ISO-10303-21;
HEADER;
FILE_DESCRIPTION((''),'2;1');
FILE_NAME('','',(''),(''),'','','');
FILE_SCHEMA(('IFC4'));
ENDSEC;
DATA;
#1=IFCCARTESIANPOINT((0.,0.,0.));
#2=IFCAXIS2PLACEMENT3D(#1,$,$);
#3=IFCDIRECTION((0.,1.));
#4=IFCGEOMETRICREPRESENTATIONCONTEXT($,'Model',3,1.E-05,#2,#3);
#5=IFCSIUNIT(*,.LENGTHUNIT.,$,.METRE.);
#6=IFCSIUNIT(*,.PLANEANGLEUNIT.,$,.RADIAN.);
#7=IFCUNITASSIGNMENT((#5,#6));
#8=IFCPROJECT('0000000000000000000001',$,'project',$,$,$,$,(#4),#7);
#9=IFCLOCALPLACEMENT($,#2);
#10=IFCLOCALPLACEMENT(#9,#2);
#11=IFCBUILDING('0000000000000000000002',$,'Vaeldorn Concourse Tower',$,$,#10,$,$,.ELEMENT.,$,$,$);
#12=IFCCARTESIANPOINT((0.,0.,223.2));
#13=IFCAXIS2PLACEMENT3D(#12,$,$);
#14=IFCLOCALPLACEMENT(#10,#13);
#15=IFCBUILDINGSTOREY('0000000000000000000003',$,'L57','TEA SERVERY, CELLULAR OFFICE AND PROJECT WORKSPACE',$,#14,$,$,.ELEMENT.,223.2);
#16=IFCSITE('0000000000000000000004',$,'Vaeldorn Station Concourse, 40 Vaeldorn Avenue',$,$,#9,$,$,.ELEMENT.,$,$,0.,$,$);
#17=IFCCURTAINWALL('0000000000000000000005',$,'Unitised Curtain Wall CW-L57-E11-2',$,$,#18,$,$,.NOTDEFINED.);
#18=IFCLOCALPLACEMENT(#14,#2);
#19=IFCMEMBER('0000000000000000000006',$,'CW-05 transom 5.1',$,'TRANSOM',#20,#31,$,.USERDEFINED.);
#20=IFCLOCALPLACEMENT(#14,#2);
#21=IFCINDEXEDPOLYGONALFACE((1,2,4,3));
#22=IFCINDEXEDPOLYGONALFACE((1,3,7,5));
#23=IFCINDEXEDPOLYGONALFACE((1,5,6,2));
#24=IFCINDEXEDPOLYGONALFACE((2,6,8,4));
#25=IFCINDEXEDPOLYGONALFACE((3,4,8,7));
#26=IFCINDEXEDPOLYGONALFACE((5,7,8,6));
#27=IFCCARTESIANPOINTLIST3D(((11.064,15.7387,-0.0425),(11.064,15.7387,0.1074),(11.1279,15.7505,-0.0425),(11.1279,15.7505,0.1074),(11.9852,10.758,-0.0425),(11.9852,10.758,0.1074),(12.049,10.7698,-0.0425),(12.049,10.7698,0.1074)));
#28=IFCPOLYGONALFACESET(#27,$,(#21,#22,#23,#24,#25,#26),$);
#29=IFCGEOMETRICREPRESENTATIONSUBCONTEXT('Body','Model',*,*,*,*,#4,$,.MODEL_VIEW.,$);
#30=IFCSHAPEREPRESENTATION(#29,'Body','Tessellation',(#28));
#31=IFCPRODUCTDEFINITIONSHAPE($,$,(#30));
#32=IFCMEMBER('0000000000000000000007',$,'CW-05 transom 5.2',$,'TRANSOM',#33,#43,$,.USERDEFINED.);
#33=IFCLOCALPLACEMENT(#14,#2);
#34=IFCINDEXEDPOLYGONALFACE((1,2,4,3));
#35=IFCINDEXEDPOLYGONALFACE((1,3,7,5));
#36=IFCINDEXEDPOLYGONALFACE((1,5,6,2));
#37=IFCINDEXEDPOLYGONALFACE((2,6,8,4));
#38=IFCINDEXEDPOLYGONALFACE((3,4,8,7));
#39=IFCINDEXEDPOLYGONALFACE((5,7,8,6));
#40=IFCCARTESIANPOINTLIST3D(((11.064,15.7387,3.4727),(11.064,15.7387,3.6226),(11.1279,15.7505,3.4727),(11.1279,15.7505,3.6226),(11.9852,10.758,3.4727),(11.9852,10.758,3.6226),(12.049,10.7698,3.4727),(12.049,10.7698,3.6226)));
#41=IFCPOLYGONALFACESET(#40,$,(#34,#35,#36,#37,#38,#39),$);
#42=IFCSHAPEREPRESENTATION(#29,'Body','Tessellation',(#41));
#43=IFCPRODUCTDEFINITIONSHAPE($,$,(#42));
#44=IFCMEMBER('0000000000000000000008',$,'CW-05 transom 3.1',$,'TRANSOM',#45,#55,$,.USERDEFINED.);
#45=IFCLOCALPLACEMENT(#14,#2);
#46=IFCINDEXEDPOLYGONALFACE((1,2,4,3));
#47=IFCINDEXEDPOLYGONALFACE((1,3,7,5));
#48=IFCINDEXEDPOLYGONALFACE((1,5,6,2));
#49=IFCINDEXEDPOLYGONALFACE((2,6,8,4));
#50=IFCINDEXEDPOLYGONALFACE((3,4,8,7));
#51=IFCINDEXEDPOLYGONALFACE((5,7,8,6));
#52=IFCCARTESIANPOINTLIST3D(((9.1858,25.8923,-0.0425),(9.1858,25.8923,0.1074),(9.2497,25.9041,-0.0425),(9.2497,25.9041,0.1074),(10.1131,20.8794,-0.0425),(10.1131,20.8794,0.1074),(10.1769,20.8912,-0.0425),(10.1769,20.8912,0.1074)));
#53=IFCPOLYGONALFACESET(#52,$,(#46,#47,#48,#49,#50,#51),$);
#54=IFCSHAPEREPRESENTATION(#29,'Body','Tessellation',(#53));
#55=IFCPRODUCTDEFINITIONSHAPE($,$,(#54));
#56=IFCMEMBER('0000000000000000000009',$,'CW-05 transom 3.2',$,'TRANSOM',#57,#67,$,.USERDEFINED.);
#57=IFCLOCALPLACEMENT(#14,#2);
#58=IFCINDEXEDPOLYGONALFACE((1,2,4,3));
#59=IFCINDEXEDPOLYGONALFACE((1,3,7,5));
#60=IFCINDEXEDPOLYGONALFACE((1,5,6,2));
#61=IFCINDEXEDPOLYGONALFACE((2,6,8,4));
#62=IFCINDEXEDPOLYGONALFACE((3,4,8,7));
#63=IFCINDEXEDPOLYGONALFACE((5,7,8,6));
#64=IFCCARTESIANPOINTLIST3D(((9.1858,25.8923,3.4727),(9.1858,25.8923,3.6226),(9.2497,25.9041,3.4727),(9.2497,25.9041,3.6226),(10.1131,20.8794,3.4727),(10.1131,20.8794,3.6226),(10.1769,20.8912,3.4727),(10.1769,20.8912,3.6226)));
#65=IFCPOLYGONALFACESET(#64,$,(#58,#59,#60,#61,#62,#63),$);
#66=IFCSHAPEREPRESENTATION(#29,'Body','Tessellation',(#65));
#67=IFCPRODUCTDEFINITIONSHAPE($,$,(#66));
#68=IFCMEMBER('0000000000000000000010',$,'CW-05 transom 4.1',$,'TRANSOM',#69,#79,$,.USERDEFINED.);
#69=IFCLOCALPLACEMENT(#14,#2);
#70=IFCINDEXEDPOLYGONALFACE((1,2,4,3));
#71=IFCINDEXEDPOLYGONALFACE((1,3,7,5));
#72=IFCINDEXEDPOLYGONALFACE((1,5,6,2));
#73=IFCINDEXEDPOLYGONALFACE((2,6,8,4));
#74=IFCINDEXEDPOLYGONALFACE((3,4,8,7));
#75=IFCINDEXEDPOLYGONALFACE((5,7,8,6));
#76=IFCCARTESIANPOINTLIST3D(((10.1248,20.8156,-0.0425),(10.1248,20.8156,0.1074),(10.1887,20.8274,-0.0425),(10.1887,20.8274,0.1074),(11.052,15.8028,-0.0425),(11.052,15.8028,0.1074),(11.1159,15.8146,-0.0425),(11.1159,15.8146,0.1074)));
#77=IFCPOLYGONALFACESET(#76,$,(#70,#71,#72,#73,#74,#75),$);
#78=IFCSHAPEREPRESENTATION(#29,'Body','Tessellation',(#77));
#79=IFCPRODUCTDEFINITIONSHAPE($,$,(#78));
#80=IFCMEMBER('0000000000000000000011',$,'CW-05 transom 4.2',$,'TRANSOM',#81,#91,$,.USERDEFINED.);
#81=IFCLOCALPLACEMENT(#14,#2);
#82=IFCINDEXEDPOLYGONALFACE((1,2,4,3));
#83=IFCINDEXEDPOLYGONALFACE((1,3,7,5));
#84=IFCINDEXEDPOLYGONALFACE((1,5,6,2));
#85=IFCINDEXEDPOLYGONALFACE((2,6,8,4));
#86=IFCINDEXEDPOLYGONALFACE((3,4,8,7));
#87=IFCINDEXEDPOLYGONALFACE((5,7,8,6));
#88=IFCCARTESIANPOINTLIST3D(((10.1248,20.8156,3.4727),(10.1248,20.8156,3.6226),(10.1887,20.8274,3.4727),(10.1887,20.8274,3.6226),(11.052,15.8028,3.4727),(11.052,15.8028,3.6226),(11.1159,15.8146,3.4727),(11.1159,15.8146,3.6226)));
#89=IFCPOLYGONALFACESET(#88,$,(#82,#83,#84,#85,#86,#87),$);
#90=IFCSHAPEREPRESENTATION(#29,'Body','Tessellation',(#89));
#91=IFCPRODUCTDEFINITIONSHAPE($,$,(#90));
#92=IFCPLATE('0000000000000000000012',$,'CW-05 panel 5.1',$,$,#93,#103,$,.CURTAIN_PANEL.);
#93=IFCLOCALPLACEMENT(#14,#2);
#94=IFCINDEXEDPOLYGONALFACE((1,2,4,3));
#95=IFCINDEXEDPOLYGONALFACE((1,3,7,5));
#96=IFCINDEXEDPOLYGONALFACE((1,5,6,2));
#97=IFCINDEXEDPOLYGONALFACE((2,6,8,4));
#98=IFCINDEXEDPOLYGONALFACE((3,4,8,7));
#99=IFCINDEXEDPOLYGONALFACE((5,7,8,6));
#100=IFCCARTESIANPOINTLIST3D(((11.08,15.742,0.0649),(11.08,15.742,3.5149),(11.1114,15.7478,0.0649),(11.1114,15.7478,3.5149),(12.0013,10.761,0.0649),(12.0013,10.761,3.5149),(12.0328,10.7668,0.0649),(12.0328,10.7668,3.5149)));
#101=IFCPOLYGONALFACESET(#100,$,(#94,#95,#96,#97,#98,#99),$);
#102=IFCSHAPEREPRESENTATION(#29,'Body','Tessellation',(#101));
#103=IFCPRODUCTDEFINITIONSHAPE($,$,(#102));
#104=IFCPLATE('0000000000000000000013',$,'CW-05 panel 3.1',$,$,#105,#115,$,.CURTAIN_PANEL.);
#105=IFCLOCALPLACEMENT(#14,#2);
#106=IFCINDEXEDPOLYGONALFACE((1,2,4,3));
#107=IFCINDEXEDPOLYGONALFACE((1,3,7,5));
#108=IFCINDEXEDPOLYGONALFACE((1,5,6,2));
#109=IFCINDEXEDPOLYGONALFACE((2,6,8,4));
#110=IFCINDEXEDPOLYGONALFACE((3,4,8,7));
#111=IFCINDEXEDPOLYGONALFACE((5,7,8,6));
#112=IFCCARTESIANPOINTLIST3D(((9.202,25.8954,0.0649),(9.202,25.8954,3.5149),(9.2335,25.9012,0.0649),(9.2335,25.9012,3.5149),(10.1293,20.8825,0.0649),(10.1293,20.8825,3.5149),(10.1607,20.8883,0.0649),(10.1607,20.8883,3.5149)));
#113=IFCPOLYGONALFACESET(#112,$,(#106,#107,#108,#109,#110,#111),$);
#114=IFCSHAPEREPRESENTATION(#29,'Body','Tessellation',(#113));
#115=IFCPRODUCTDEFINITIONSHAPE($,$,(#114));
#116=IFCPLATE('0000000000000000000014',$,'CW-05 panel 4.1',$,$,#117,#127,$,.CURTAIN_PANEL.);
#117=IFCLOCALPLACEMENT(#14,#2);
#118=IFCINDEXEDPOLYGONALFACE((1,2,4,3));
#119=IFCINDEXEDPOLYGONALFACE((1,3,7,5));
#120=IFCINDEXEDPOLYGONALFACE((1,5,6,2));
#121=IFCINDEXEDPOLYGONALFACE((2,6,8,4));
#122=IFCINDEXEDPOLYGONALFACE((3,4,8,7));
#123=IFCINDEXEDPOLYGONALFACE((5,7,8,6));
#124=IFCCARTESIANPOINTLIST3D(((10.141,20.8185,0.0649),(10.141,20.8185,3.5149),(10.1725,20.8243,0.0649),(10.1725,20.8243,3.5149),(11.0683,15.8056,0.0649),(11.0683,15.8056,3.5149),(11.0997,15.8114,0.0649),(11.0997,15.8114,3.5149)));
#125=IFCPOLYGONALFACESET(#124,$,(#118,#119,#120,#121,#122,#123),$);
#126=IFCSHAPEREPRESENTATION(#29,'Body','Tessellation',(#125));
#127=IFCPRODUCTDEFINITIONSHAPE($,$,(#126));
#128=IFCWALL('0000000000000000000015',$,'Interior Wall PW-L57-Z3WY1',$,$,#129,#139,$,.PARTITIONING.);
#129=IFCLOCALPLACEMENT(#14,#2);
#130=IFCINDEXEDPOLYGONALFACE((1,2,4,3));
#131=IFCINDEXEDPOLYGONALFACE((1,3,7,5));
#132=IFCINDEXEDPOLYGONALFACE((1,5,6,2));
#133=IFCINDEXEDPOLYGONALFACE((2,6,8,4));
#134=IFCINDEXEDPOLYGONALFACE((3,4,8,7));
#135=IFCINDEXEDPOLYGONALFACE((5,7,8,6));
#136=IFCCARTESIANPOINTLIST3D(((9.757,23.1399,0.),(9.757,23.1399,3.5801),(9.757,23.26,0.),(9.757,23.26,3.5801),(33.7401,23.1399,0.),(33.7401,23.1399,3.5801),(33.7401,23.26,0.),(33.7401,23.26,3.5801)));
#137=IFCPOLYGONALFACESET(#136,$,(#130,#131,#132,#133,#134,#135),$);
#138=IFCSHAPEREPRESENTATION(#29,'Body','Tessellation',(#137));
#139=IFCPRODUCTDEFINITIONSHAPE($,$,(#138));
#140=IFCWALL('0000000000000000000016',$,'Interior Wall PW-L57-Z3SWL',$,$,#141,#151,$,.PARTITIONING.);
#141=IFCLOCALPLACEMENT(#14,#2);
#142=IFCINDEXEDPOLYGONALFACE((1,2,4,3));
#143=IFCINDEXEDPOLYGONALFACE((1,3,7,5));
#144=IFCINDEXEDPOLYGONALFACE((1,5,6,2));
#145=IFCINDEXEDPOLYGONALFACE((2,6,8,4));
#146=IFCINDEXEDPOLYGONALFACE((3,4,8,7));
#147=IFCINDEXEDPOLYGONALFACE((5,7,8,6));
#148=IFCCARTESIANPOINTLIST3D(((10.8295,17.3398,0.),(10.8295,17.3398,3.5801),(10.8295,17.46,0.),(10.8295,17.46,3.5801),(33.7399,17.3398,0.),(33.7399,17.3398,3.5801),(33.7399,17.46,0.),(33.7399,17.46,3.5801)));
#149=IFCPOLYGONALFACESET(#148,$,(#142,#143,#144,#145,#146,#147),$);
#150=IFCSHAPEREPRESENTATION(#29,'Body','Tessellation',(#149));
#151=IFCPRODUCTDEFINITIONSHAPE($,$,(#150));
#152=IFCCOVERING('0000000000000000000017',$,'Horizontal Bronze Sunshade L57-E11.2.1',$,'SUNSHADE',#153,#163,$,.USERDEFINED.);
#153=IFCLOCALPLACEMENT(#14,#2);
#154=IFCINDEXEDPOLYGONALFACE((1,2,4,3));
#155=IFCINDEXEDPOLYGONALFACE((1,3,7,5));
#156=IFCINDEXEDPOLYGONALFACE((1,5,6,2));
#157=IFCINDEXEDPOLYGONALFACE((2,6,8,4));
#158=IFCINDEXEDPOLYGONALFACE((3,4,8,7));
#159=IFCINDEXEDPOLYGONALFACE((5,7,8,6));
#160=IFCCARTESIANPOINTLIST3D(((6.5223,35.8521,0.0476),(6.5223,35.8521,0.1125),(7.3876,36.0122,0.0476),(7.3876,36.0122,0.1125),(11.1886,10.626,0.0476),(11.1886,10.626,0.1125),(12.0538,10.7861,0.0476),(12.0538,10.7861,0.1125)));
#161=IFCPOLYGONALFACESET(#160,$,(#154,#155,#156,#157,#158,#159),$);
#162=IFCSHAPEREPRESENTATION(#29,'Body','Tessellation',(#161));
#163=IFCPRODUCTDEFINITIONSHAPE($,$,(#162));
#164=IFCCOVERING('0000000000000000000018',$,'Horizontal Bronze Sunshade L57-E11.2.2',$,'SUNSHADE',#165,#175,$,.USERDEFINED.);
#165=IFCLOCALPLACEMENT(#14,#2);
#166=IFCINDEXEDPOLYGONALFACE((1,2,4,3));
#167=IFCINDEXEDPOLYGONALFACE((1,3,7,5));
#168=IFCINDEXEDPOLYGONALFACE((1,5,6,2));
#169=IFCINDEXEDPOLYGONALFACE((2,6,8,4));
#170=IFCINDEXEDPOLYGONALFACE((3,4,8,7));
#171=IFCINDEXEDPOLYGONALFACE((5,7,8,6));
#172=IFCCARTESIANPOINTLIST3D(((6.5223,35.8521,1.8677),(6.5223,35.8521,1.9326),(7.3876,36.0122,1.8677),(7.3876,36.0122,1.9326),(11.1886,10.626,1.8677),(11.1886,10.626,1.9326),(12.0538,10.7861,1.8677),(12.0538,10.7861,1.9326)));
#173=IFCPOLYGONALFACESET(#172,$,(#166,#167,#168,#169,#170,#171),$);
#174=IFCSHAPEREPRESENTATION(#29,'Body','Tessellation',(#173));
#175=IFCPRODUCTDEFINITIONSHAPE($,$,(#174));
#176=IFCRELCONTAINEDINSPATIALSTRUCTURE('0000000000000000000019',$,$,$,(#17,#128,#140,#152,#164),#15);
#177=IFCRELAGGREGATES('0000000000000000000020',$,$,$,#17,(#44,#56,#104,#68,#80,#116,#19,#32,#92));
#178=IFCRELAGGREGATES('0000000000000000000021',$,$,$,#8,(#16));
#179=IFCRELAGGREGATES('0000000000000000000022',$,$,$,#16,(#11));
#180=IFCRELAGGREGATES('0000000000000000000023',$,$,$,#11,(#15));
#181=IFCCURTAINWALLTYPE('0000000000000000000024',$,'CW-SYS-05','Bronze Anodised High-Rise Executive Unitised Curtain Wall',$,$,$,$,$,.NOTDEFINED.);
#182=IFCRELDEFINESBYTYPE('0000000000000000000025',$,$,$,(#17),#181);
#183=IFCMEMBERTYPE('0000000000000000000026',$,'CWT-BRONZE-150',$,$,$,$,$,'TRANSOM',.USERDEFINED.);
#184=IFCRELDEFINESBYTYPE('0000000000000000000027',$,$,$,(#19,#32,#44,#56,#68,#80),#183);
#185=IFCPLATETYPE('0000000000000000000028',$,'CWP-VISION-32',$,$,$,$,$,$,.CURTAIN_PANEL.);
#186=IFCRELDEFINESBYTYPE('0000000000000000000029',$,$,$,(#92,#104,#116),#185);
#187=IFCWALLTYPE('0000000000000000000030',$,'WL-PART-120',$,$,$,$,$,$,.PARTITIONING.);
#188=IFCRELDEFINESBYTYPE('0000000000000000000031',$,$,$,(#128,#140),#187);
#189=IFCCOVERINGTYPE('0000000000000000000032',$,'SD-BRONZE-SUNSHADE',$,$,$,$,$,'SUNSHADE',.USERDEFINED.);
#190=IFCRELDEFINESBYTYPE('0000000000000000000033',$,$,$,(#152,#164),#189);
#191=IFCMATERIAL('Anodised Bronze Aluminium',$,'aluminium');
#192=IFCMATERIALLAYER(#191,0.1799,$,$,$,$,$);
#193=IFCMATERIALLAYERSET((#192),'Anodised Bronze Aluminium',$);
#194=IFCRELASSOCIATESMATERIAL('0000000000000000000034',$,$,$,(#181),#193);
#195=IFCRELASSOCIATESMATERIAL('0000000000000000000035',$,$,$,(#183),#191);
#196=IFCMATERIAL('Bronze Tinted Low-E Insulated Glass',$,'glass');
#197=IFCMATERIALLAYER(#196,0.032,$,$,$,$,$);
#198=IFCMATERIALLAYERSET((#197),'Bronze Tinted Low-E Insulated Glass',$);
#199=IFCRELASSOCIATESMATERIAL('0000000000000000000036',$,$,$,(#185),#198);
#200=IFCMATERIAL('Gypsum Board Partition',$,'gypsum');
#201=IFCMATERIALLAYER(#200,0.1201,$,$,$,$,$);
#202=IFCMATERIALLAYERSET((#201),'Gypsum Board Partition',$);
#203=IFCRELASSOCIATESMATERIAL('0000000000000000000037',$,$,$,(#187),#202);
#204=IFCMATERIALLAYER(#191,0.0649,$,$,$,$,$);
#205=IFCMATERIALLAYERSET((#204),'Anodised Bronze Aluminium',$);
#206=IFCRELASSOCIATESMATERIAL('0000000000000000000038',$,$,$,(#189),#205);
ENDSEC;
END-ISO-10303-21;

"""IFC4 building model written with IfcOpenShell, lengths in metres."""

from ifc_helpers import new_model, si_unit, direction, frame, frame_2d, origin, origin_2d, place, context, subcontext, project, spatial, rectangle, extrude, source, transform, mapped, material, layer, layer_set, material_profile, profile_set, type_object, element, aggregate, save


model = new_model("IFC4")

# Units and contexts
model_context = context("Model", 3, precision=1e-05, world=origin(), true_north=direction((0.0, 1.0)))
body_context = subcontext(model_context, "Body", "Model", "MODEL_VIEW")
ifc_project = project(units=[si_unit("LENGTHUNIT", "METRE"), si_unit("PLANEANGLEUNIT", "RADIAN")], contexts=[model_context])

# Site, building, storey
site_placement = place(None, origin())
site = spatial("IfcSite", under=ifc_project, at=site_placement, Name="Vaeldorn Station Concourse, 40 Vaeldorn Avenue", CompositionType="ELEMENT", RefElevation=0.0)
building_placement = place(site_placement, origin())
building = spatial("IfcBuilding", under=site, at=building_placement, Name="Vaeldorn Concourse Tower", CompositionType="ELEMENT")
storey_placement = place(building_placement, frame((0.0, 0.0, 223.2)))
storey = spatial("IfcBuildingStorey", under=building, at=storey_placement, Name="L57", Description="TEA SERVERY, CELLULAR OFFICE AND PROJECT WORKSPACE", CompositionType="ELEMENT", Elevation=223.2)

# Curtain wall, members, plates
ifc_material_1 = material(Name="Anodised Bronze Aluminium", Category="aluminium")
ifc_layer_1 = layer(ifc_material_1, 0.1799)
ifc_layer_set_1 = layer_set([ifc_layer_1], Name="Anodised Bronze Aluminium")
curtain_wall_type = type_object("IfcCurtainWallType", Name="CW-SYS-05", Description="Bronze Anodised High-Rise Executive Unitised Curtain Wall", PredefinedType="NOTDEFINED", material=ifc_layer_set_1)
curtain_wall_placement = place(storey_placement, origin())
curtain_wall = element("IfcCurtainWall", 1, at=curtain_wall_placement, inside=storey, type_object=curtain_wall_type, Name="Unitised Curtain Wall CW-L57-E11-2", PredefinedType="NOTDEFINED")
ifc_material_profile_1 = material_profile(ifc_material_1, rectangle(XDim=0.0649, YDim=0.1499, at=origin_2d()), Name="CWT 65x150")
ifc_profile_set_1 = profile_set([ifc_material_profile_1], Name="Anodised Bronze Aluminium")
member_type_1 = type_object("IfcMemberType", Name="CWT-BRONZE-150", ElementType="TRANSOM", PredefinedType="USERDEFINED", material=ifc_profile_set_1)
shared_shape_1 = source(origin(), body_context, "Body", "SweptSolid", [
    extrude(rectangle(XDim=0.0649, YDim=0.1499, at=origin_2d()), origin(), (0.0, 0.0, 1.0), 5.0652),
])
member_1_placement = place(storey_placement, frame((11.0959, 15.7446, 0.0325), z_axis=(0.181858, -0.983325, 0.0), x_axis=(0.983325, 0.181858, 0.0)))
member_1 = element("IfcMember", 2, at=member_1_placement, type_object=member_type_1, Name="CW-05 transom 5.1", ObjectType="TRANSOM", PredefinedType="USERDEFINED", context=body_context, shape_type="MappedRepresentation", body=[
    mapped(shared_shape_1, transform((0.0, 0.0, 0.0), scale=1.0)),
])
member_2_placement = place(storey_placement, frame((11.0959, 15.7446, 3.5476), z_axis=(0.181858, -0.983325, 0.0), x_axis=(0.983325, 0.181858, 0.0)))
member_2 = element("IfcMember", 3, at=member_2_placement, type_object=member_type_1, Name="CW-05 transom 5.2", ObjectType="TRANSOM", PredefinedType="USERDEFINED", context=body_context, shape_type="MappedRepresentation", body=[
    mapped(shared_shape_1, transform((0.0, 0.0, 0.0), scale=1.0)),
])
shared_shape_2 = source(origin(), body_context, "Body", "SweptSolid", [
    extrude(rectangle(XDim=0.0649, YDim=0.1499, at=origin_2d()), origin(), (0.0, 0.0, 1.0), 5.0979),
])
member_3_placement = place(storey_placement, frame((9.2178, 25.8982, 0.0325), z_axis=(0.181885, -0.98332, 0.0), x_axis=(0.98332, 0.181885, 0.0)))
member_3 = element("IfcMember", 4, at=member_3_placement, type_object=member_type_1, Name="CW-05 transom 3.1", ObjectType="TRANSOM", PredefinedType="USERDEFINED", context=body_context, shape_type="MappedRepresentation", body=[
    mapped(shared_shape_2, transform((0.0, 0.0, 0.0), scale=1.0)),
])
member_4_placement = place(storey_placement, frame((9.2178, 25.8982, 3.5476), z_axis=(0.181885, -0.98332, 0.0), x_axis=(0.98332, 0.181885, 0.0)))
member_4 = element("IfcMember", 5, at=member_4_placement, type_object=member_type_1, Name="CW-05 transom 3.2", ObjectType="TRANSOM", PredefinedType="USERDEFINED", context=body_context, shape_type="MappedRepresentation", body=[
    mapped(shared_shape_2, transform((0.0, 0.0, 0.0), scale=1.0)),
])
member_5_placement = place(storey_placement, frame((10.1567, 20.8215, 0.0325), z_axis=(0.181885, -0.98332, 0.0), x_axis=(0.98332, 0.181885, 0.0)))
member_5 = element("IfcMember", 6, at=member_5_placement, type_object=member_type_1, Name="CW-05 transom 4.1", ObjectType="TRANSOM", PredefinedType="USERDEFINED", context=body_context, shape_type="MappedRepresentation", body=[
    mapped(shared_shape_2, transform((0.0, 0.0, 0.0), scale=1.0)),
])
member_6_placement = place(storey_placement, frame((10.1567, 20.8215, 3.5476), z_axis=(0.181885, -0.98332, 0.0), x_axis=(0.98332, 0.181885, 0.0)))
member_6 = element("IfcMember", 7, at=member_6_placement, type_object=member_type_1, Name="CW-05 transom 4.2", ObjectType="TRANSOM", PredefinedType="USERDEFINED", context=body_context, shape_type="MappedRepresentation", body=[
    mapped(shared_shape_2, transform((0.0, 0.0, 0.0), scale=1.0)),
])
ifc_material_2 = material(Name="Bronze Tinted Low-E Insulated Glass", Category="glass")
ifc_layer_2 = layer(ifc_material_2, 0.032)
ifc_layer_set_2 = layer_set([ifc_layer_2], Name="Bronze Tinted Low-E Insulated Glass")
plate_type = type_object("IfcPlateType", Name="CWP-VISION-32", PredefinedType="CURTAIN_PANEL", material=ifc_layer_set_2)
shared_shape_3 = source(origin(), body_context, "Body", "SweptSolid", [
    extrude(rectangle(XDim=5.0654, YDim=0.032, at=origin_2d()), origin(), (0.0, 0.0, 1.0), 3.45),
])
plate_1_placement = place(storey_placement, frame((11.5564, 13.2544, 0.0649), z_axis=(0.0, 0.0, 1.0), x_axis=(0.181889, -0.983319, 0.0)))
plate_1 = element("IfcPlate", 8, at=plate_1_placement, type_object=plate_type, Name="CW-05 panel 5.1", PredefinedType="CURTAIN_PANEL", context=body_context, shape_type="MappedRepresentation", body=[
    mapped(shared_shape_3, transform((0.0, 0.0, 0.0), scale=1.0)),
])
shared_shape_4 = source(origin(), body_context, "Body", "SweptSolid", [
    extrude(rectangle(XDim=5.0979, YDim=0.032, at=origin_2d()), origin(), (0.0, 0.0, 1.0), 3.45),
])
plate_2_placement = place(storey_placement, frame((9.6814, 23.3918, 0.0649), z_axis=(0.0, 0.0, 1.0), x_axis=(0.181889, -0.983319, 0.0)))
plate_2 = element("IfcPlate", 9, at=plate_2_placement, type_object=plate_type, Name="CW-05 panel 3.1", PredefinedType="CURTAIN_PANEL", context=body_context, shape_type="MappedRepresentation", body=[
    mapped(shared_shape_4, transform((0.0, 0.0, 0.0), scale=1.0)),
])
plate_3_placement = place(storey_placement, frame((10.6204, 18.3149, 0.0649), z_axis=(0.0, 0.0, 1.0), x_axis=(0.181889, -0.983319, 0.0)))
plate_3 = element("IfcPlate", 10, at=plate_3_placement, type_object=plate_type, Name="CW-05 panel 4.1", PredefinedType="CURTAIN_PANEL", context=body_context, shape_type="MappedRepresentation", body=[
    mapped(shared_shape_4, transform((0.0, 0.0, 0.0), scale=1.0)),
])
aggregate(curtain_wall, [member_3, member_4, plate_2, member_5, member_6, plate_3, member_1, member_2, plate_1])

# Walls
ifc_material_3 = material(Name="Gypsum Board Partition", Category="gypsum")
ifc_layer_3 = layer(ifc_material_3, 0.1201)
ifc_layer_set_3 = layer_set([ifc_layer_3], Name="Gypsum Board Partition")
wall_type = type_object("IfcWallType", Name="WL-PART-120", PredefinedType="PARTITIONING", material=ifc_layer_set_3)
wall_1_placement = place(storey_placement, frame((9.7568, 23.2, 0.0), z_axis=(0.0, 0.0, 1.0), x_axis=(1.0, 0.0, 0.0)))
element("IfcWall", 11, at=wall_1_placement, inside=storey, type_object=wall_type, Name="Interior Wall PW-L57-Z3WY1", PredefinedType="PARTITIONING", context=body_context, shape_type="SweptSolid", body=[
    extrude(rectangle(XDim=23.9832, YDim=0.1201, at=frame_2d((11.9917, 0.0))), origin(), (0.0, 0.0, 1.0), 3.5801),
])
wall_2_placement = place(storey_placement, frame((10.8296, 17.3999, 0.0), z_axis=(0.0, 0.0, 1.0), x_axis=(1.0, 0.0, 0.0)))
element("IfcWall", 12, at=wall_2_placement, inside=storey, type_object=wall_type, Name="Interior Wall PW-L57-Z3SWL", PredefinedType="PARTITIONING", context=body_context, shape_type="SweptSolid", body=[
    extrude(rectangle(XDim=22.9104, YDim=0.1201, at=frame_2d((11.4551, 0.0))), origin(), (0.0, 0.0, 1.0), 3.5801),
])

# Coverings
ifc_layer_4 = layer(ifc_material_1, 0.0649)
ifc_layer_set_4 = layer_set([ifc_layer_4], Name="Anodised Bronze Aluminium")
covering_type = type_object("IfcCoveringType", Name="SD-BRONZE-SUNSHADE", ElementType="SUNSHADE", PredefinedType="USERDEFINED", material=ifc_layer_set_4)
shared_shape_5 = source(origin(), body_context, "Body", "SweptSolid", [
    extrude(rectangle(XDim=25.6541, YDim=0.8799, at=origin_2d()), origin(), (0.0, 0.0, 1.0), 0.0649),
])
for number, where, z_axis, x_axis, name in (
    (13, (9.2881, 23.3191, 0.0476), (0.0, 0.0, 1.0), (0.181892, -0.983318, 0.0), "Horizontal Bronze Sunshade L57-E11.2.1"),
    (14, (9.2881, 23.3191, 1.8677), (0.0, 0.0, 1.0), (0.181892, -0.983318, 0.0), "Horizontal Bronze Sunshade L57-E11.2.2"),
):
    element("IfcCovering", number, at=place(storey_placement, frame(where, z_axis=z_axis, x_axis=x_axis)), inside=storey, type_object=covering_type, Name=name, ObjectType="SUNSHADE", PredefinedType="USERDEFINED", context=body_context, shape_type="MappedRepresentation", body=[
        mapped(shared_shape_5, transform((0.0, 0.0, 0.0), scale=1.0)),
    ])

save(model, "model.ifc")
